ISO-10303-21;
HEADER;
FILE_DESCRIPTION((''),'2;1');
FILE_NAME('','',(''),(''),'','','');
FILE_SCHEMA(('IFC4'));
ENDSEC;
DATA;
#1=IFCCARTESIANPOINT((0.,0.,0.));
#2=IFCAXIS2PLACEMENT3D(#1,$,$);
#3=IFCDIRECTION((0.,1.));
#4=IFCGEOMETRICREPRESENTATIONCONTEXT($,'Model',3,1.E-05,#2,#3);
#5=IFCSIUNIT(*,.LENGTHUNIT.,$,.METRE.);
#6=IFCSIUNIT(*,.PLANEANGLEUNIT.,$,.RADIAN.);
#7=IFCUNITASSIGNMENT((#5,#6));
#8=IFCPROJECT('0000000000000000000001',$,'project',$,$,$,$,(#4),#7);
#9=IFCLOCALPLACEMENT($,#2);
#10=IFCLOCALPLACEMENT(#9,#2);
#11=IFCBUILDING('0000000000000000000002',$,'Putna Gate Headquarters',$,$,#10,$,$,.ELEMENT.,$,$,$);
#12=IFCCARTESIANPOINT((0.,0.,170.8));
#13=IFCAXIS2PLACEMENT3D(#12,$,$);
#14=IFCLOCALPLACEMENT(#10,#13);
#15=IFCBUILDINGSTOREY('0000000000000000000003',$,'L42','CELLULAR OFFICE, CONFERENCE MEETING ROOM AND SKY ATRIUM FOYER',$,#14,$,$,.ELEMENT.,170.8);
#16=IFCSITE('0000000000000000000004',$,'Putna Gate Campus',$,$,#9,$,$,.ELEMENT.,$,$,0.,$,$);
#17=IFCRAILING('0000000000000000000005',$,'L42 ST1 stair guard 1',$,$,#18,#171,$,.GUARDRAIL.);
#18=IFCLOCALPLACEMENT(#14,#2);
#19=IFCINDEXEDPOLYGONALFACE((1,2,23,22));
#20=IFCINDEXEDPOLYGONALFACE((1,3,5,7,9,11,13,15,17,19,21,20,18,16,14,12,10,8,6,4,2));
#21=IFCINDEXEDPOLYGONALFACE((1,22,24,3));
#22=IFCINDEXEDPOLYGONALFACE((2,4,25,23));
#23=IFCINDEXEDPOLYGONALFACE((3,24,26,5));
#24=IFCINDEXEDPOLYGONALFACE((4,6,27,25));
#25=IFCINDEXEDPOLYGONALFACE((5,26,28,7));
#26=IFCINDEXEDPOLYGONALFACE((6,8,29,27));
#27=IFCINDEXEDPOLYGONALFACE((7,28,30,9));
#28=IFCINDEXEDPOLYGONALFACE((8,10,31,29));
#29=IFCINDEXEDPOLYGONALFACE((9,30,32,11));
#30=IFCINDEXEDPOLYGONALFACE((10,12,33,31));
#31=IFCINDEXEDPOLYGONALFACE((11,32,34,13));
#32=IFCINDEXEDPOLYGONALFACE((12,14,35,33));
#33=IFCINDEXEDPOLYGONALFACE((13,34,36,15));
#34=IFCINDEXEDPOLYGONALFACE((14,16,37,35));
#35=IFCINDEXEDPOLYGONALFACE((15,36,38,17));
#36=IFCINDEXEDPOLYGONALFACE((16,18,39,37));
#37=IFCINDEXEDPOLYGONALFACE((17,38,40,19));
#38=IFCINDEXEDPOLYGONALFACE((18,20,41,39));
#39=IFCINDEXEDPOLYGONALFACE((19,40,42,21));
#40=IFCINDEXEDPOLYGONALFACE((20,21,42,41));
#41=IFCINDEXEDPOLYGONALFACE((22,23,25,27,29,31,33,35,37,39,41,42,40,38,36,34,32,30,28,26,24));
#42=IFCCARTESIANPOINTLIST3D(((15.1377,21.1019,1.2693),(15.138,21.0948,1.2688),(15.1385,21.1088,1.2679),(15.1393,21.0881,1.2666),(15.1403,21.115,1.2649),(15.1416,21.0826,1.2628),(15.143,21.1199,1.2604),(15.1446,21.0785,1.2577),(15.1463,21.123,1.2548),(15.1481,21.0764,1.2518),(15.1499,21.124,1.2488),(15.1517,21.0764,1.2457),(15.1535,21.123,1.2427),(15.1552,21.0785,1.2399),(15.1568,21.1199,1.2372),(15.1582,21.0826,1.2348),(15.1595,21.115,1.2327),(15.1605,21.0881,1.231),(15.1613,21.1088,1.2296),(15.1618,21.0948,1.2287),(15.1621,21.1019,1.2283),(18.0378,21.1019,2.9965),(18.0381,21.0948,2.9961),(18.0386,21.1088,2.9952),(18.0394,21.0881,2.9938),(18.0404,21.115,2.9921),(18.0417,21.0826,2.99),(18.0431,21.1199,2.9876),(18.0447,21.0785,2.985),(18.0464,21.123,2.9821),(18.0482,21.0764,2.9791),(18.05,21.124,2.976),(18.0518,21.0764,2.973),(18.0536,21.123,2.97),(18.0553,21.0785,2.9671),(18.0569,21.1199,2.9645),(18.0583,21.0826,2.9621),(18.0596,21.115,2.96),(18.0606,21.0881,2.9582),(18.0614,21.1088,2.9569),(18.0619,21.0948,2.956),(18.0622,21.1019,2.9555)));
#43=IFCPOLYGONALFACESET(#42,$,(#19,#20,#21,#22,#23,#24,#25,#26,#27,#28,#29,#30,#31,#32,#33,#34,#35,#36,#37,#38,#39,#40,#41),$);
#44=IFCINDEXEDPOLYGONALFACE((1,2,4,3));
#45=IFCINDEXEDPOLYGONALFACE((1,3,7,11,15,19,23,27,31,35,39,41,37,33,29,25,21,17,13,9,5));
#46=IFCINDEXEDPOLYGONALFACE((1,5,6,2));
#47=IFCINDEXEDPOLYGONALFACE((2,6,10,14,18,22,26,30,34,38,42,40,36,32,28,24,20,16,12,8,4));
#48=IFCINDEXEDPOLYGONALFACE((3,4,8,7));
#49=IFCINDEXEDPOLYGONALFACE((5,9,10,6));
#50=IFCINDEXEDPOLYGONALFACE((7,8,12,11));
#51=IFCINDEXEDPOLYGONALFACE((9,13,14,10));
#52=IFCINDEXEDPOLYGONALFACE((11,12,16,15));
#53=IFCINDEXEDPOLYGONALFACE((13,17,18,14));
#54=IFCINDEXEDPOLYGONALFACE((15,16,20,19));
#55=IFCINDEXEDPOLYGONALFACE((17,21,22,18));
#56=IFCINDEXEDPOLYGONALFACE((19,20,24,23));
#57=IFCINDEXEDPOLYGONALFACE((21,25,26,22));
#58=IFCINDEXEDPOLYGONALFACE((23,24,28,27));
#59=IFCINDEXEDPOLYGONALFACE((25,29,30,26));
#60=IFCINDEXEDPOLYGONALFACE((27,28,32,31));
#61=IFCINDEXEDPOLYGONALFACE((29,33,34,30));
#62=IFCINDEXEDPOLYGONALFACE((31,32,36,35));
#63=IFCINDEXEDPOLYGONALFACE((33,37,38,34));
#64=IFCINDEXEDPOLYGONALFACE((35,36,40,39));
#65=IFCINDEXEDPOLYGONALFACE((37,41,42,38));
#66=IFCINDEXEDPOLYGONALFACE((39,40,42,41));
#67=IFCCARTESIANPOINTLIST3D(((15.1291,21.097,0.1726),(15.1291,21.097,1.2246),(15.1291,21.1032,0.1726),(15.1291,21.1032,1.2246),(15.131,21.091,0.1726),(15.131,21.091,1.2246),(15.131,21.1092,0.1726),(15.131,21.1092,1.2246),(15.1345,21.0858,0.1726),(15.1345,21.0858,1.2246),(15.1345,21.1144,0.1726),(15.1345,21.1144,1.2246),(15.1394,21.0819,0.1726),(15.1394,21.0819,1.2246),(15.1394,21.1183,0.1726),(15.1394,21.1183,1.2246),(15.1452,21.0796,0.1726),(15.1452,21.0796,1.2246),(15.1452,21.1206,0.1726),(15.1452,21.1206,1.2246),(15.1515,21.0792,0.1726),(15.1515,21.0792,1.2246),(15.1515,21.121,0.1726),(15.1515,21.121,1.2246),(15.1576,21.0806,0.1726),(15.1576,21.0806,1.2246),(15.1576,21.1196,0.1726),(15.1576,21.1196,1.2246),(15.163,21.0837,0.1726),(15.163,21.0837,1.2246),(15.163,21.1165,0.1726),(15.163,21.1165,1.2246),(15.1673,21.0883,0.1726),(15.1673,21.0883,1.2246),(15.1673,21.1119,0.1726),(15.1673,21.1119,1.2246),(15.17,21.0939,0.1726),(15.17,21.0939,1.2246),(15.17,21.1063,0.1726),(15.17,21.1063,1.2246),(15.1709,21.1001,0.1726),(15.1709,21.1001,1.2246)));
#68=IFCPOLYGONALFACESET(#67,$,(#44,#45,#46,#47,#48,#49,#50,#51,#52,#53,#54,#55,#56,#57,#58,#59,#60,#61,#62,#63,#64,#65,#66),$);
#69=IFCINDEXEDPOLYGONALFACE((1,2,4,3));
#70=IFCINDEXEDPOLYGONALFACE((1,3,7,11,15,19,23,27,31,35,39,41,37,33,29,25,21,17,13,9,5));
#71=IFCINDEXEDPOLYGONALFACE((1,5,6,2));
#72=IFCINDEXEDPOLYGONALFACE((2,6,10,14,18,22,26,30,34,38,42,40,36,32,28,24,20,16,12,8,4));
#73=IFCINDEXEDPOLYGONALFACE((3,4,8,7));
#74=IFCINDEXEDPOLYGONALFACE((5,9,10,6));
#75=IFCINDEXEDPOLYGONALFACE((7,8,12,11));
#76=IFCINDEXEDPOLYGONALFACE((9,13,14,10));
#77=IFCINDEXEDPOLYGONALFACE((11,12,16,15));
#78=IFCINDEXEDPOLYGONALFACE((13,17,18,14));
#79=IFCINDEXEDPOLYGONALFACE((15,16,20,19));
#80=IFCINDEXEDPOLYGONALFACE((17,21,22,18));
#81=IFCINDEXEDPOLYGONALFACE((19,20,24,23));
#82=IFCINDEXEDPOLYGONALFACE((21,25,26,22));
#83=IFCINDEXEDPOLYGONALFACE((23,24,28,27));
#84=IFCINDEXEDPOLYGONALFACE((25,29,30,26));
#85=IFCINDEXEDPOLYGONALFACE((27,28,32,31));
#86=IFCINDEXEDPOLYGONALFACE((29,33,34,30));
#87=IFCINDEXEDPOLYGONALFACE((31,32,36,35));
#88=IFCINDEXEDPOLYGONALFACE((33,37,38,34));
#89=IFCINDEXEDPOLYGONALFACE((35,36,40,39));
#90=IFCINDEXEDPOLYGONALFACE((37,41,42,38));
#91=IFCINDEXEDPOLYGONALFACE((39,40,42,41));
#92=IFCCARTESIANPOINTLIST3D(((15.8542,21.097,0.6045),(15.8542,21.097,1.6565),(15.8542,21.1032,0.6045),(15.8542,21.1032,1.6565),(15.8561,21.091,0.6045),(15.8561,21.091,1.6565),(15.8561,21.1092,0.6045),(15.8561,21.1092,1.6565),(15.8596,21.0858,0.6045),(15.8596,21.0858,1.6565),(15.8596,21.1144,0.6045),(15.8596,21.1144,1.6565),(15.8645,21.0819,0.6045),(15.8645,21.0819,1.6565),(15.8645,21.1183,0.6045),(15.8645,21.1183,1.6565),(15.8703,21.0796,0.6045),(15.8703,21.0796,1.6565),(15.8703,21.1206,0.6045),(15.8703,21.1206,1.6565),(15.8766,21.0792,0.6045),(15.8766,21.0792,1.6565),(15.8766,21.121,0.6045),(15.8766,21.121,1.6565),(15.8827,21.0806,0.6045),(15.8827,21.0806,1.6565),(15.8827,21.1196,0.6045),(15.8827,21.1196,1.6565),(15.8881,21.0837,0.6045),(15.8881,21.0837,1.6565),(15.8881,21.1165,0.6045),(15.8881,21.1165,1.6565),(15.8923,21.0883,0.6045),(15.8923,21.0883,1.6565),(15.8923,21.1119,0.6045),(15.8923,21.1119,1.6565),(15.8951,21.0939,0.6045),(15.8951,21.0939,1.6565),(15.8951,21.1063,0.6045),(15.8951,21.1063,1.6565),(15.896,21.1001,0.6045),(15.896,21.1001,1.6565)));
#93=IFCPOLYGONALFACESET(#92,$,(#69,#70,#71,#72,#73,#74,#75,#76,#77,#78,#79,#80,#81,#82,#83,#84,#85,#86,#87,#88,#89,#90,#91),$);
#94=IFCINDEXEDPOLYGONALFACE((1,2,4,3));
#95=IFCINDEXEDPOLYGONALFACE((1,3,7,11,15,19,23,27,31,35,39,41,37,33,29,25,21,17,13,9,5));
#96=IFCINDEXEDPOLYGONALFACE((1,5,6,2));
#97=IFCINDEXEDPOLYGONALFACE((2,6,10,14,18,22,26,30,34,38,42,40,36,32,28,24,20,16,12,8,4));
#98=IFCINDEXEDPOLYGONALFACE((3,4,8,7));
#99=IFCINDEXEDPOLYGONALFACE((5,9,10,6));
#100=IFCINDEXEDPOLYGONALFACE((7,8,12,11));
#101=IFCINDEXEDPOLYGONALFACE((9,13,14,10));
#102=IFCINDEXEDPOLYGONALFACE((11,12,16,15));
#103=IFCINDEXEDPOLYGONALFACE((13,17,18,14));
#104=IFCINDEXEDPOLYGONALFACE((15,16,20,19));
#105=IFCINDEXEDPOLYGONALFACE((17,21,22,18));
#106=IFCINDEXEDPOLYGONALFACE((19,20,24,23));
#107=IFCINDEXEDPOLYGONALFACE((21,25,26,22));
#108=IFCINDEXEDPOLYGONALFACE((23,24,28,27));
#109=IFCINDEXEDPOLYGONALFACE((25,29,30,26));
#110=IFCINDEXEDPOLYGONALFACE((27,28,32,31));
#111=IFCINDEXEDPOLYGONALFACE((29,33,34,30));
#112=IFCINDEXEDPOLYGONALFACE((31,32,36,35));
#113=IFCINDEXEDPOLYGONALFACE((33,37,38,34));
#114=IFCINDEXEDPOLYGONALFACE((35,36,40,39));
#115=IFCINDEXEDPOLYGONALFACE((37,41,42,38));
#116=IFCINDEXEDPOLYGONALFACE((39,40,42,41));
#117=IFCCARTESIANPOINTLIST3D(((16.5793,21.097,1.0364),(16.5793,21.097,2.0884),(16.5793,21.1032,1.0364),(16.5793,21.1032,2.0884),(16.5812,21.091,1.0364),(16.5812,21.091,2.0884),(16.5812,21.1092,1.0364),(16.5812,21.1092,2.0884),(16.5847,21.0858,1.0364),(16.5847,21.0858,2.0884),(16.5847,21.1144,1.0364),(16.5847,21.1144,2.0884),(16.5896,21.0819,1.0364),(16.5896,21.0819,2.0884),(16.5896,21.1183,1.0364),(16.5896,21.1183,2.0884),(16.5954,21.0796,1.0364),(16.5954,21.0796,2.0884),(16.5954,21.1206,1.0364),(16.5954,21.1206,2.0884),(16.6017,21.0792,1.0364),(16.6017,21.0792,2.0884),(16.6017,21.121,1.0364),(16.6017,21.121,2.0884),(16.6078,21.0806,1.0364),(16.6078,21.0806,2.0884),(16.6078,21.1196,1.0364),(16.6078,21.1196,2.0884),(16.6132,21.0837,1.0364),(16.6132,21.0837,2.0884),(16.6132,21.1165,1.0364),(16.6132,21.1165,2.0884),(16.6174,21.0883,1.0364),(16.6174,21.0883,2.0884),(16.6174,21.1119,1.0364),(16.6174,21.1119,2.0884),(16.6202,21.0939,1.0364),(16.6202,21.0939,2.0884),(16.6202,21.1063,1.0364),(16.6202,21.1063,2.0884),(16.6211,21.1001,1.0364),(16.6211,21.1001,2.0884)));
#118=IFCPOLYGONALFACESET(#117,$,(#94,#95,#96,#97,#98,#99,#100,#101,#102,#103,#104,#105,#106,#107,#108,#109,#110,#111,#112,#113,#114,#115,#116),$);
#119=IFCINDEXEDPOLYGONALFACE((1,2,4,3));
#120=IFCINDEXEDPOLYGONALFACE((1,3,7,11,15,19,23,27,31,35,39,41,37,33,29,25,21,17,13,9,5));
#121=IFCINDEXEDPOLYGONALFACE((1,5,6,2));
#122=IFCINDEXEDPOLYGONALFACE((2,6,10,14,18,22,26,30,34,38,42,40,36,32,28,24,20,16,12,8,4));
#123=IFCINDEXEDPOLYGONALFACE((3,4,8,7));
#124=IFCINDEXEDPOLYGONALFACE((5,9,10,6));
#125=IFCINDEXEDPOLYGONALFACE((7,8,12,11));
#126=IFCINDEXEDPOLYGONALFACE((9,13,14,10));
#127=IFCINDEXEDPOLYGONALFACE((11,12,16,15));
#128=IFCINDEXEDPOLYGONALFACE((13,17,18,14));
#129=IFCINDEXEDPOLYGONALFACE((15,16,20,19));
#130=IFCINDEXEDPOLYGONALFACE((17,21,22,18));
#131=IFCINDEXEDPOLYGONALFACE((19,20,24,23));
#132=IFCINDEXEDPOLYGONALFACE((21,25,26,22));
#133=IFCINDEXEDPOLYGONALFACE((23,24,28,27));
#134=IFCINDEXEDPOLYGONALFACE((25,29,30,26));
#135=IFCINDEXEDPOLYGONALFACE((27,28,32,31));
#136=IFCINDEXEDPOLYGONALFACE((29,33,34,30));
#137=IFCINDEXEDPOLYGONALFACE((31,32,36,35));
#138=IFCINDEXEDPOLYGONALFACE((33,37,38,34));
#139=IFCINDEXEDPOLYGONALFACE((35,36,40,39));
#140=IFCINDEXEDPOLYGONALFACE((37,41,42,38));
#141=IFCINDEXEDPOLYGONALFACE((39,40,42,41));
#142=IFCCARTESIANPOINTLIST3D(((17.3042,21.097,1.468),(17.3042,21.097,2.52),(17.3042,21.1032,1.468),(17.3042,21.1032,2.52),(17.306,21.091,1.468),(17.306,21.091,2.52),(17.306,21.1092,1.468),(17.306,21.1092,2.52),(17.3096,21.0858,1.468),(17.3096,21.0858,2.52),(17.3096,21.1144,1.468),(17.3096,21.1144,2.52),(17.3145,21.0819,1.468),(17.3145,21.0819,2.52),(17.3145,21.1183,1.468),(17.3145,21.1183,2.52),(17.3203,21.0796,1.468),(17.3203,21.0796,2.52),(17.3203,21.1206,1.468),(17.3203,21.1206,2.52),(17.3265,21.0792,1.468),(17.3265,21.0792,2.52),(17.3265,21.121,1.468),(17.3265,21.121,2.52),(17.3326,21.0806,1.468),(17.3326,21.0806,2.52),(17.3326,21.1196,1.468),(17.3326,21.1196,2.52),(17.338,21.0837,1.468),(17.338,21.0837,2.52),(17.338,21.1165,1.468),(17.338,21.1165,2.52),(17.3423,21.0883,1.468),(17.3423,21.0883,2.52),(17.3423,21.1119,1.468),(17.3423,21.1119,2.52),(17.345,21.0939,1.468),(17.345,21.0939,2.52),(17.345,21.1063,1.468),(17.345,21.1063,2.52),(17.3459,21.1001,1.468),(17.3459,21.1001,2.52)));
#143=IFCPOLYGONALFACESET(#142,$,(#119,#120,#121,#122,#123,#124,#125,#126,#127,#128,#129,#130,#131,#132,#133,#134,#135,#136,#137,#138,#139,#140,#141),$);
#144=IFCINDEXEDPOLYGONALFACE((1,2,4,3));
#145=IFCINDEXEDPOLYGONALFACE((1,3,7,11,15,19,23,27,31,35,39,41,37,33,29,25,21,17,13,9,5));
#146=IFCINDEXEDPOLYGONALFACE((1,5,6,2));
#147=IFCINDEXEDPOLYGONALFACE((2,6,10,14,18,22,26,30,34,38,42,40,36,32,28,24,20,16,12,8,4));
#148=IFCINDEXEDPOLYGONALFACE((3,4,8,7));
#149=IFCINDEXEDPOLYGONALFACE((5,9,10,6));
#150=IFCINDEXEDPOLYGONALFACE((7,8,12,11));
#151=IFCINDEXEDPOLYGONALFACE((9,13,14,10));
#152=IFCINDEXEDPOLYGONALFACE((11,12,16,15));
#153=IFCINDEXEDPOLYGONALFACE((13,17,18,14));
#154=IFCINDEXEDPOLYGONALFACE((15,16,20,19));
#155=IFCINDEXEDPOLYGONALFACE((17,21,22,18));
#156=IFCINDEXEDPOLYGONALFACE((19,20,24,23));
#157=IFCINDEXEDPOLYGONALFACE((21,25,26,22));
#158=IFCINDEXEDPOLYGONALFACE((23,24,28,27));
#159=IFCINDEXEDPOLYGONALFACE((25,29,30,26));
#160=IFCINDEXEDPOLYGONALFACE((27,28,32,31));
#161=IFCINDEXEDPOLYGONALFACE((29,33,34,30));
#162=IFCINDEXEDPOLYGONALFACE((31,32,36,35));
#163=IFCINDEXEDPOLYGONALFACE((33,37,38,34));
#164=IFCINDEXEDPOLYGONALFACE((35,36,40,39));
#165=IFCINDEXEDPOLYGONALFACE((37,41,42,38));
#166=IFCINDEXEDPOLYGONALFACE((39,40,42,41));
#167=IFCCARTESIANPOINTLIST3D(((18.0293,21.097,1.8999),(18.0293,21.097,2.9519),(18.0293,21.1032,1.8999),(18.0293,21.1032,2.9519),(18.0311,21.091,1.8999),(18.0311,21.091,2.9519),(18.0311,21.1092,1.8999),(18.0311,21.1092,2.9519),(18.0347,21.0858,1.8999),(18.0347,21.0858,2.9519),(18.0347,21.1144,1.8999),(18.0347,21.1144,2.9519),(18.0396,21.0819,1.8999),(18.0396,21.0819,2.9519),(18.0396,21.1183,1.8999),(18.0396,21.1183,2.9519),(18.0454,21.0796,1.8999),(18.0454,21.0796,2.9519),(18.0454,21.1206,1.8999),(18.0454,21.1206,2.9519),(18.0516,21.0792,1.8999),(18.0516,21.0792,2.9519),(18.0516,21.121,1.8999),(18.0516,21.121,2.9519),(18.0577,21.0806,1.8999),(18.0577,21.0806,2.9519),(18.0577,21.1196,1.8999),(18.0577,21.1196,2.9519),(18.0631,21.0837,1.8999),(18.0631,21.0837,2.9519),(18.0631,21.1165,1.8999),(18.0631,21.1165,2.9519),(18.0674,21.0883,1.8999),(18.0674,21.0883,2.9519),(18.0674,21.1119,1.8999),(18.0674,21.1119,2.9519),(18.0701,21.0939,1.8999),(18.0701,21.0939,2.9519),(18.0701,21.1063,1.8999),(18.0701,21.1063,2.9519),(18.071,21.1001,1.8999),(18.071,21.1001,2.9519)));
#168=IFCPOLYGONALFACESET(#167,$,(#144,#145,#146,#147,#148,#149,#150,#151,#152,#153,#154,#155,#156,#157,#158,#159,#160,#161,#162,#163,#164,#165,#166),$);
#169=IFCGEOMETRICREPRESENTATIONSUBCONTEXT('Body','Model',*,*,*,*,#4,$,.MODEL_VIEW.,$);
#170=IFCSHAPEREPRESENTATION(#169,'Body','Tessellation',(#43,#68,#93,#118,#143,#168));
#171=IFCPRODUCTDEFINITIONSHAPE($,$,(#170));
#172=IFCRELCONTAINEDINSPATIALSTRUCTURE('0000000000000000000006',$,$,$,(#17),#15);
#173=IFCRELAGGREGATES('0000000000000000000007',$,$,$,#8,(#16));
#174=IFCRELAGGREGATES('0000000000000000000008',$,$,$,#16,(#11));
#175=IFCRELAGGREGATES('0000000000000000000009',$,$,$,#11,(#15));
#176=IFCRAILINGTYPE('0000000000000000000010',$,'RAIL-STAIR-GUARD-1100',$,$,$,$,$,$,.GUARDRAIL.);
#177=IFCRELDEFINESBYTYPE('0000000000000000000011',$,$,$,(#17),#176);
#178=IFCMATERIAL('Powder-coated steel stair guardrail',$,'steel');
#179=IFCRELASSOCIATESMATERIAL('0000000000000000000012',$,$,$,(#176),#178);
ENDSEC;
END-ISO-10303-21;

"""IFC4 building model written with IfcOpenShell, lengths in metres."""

from ifc_helpers import new_model, si_unit, direction, frame, origin, origin_2d, place, context, subcontext, project, spatial, circle, extrude, material, type_object, element, save


model = new_model("IFC4")

# Units and contexts
model_context = context("Model", 3, precision=1e-05, world=origin(), true_north=direction((0.0, 1.0)))
body_context = subcontext(model_context, "Body", "Model", "MODEL_VIEW")
ifc_project = project(units=[si_unit("LENGTHUNIT", "METRE"), si_unit("PLANEANGLEUNIT", "RADIAN")], contexts=[model_context])

# Site, building, storey
site_placement = place(None, origin())
site = spatial("IfcSite", under=ifc_project, at=site_placement, Name="Putna Gate Campus", CompositionType="ELEMENT", RefElevation=0.0)
building_placement = place(site_placement, origin())
building = spatial("IfcBuilding", under=site, at=building_placement, Name="Putna Gate Headquarters", CompositionType="ELEMENT")
storey_placement = place(building_placement, frame((0.0, 0.0, 170.8)))
storey = spatial("IfcBuildingStorey", under=building, at=storey_placement, Name="L42", Description="CELLULAR OFFICE, CONFERENCE MEETING ROOM AND SKY ATRIUM FOYER", CompositionType="ELEMENT", Elevation=170.8)

# Railing
ifc_material_1 = material(Name="Powder-coated steel stair guardrail", Category="steel")
railing_type_1 = type_object("IfcRailingType", Name="RAIL-STAIR-GUARD-1100", PredefinedType="GUARDRAIL", material=ifc_material_1)
railing_1_placement = place(storey_placement, frame((15.1499, 21.1001, 0.1726)))
element("IfcRailing", 1, at=railing_1_placement, inside=storey, type_object=railing_type_1, Name="L42 ST1 stair guard 1", PredefinedType="GUARDRAIL", context=body_context, shape_type="SweptSolid", body=[
    extrude(circle(Radius=0.0239, at=origin_2d()), frame((0.0, 0.0, 1.0762), z_axis=(0.85916, 0.0, 0.511706), x_axis=(0.0, 1.0, 0.0)), (0.0, 0.0, 1.0), 3.3755),
    extrude(circle(Radius=0.021, at=origin_2d()), origin(), (0.0, 0.0, 1.0), 1.052),
    extrude(circle(Radius=0.021, at=origin_2d()), frame((0.7251, 0.0, 0.4319)), (0.0, 0.0, 1.0), 1.052),
    extrude(circle(Radius=0.021, at=origin_2d()), frame((1.4502, 0.0, 0.8638)), (0.0, 0.0, 1.0), 1.052),
    extrude(circle(Radius=0.021, at=origin_2d()), frame((2.175, 0.0, 1.2954)), (0.0, 0.0, 1.0), 1.052),
    extrude(circle(Radius=0.021, at=origin_2d()), frame((2.9001, 0.0, 1.7273)), (0.0, 0.0, 1.0), 1.052),
])

save(model, "model.ifc")
